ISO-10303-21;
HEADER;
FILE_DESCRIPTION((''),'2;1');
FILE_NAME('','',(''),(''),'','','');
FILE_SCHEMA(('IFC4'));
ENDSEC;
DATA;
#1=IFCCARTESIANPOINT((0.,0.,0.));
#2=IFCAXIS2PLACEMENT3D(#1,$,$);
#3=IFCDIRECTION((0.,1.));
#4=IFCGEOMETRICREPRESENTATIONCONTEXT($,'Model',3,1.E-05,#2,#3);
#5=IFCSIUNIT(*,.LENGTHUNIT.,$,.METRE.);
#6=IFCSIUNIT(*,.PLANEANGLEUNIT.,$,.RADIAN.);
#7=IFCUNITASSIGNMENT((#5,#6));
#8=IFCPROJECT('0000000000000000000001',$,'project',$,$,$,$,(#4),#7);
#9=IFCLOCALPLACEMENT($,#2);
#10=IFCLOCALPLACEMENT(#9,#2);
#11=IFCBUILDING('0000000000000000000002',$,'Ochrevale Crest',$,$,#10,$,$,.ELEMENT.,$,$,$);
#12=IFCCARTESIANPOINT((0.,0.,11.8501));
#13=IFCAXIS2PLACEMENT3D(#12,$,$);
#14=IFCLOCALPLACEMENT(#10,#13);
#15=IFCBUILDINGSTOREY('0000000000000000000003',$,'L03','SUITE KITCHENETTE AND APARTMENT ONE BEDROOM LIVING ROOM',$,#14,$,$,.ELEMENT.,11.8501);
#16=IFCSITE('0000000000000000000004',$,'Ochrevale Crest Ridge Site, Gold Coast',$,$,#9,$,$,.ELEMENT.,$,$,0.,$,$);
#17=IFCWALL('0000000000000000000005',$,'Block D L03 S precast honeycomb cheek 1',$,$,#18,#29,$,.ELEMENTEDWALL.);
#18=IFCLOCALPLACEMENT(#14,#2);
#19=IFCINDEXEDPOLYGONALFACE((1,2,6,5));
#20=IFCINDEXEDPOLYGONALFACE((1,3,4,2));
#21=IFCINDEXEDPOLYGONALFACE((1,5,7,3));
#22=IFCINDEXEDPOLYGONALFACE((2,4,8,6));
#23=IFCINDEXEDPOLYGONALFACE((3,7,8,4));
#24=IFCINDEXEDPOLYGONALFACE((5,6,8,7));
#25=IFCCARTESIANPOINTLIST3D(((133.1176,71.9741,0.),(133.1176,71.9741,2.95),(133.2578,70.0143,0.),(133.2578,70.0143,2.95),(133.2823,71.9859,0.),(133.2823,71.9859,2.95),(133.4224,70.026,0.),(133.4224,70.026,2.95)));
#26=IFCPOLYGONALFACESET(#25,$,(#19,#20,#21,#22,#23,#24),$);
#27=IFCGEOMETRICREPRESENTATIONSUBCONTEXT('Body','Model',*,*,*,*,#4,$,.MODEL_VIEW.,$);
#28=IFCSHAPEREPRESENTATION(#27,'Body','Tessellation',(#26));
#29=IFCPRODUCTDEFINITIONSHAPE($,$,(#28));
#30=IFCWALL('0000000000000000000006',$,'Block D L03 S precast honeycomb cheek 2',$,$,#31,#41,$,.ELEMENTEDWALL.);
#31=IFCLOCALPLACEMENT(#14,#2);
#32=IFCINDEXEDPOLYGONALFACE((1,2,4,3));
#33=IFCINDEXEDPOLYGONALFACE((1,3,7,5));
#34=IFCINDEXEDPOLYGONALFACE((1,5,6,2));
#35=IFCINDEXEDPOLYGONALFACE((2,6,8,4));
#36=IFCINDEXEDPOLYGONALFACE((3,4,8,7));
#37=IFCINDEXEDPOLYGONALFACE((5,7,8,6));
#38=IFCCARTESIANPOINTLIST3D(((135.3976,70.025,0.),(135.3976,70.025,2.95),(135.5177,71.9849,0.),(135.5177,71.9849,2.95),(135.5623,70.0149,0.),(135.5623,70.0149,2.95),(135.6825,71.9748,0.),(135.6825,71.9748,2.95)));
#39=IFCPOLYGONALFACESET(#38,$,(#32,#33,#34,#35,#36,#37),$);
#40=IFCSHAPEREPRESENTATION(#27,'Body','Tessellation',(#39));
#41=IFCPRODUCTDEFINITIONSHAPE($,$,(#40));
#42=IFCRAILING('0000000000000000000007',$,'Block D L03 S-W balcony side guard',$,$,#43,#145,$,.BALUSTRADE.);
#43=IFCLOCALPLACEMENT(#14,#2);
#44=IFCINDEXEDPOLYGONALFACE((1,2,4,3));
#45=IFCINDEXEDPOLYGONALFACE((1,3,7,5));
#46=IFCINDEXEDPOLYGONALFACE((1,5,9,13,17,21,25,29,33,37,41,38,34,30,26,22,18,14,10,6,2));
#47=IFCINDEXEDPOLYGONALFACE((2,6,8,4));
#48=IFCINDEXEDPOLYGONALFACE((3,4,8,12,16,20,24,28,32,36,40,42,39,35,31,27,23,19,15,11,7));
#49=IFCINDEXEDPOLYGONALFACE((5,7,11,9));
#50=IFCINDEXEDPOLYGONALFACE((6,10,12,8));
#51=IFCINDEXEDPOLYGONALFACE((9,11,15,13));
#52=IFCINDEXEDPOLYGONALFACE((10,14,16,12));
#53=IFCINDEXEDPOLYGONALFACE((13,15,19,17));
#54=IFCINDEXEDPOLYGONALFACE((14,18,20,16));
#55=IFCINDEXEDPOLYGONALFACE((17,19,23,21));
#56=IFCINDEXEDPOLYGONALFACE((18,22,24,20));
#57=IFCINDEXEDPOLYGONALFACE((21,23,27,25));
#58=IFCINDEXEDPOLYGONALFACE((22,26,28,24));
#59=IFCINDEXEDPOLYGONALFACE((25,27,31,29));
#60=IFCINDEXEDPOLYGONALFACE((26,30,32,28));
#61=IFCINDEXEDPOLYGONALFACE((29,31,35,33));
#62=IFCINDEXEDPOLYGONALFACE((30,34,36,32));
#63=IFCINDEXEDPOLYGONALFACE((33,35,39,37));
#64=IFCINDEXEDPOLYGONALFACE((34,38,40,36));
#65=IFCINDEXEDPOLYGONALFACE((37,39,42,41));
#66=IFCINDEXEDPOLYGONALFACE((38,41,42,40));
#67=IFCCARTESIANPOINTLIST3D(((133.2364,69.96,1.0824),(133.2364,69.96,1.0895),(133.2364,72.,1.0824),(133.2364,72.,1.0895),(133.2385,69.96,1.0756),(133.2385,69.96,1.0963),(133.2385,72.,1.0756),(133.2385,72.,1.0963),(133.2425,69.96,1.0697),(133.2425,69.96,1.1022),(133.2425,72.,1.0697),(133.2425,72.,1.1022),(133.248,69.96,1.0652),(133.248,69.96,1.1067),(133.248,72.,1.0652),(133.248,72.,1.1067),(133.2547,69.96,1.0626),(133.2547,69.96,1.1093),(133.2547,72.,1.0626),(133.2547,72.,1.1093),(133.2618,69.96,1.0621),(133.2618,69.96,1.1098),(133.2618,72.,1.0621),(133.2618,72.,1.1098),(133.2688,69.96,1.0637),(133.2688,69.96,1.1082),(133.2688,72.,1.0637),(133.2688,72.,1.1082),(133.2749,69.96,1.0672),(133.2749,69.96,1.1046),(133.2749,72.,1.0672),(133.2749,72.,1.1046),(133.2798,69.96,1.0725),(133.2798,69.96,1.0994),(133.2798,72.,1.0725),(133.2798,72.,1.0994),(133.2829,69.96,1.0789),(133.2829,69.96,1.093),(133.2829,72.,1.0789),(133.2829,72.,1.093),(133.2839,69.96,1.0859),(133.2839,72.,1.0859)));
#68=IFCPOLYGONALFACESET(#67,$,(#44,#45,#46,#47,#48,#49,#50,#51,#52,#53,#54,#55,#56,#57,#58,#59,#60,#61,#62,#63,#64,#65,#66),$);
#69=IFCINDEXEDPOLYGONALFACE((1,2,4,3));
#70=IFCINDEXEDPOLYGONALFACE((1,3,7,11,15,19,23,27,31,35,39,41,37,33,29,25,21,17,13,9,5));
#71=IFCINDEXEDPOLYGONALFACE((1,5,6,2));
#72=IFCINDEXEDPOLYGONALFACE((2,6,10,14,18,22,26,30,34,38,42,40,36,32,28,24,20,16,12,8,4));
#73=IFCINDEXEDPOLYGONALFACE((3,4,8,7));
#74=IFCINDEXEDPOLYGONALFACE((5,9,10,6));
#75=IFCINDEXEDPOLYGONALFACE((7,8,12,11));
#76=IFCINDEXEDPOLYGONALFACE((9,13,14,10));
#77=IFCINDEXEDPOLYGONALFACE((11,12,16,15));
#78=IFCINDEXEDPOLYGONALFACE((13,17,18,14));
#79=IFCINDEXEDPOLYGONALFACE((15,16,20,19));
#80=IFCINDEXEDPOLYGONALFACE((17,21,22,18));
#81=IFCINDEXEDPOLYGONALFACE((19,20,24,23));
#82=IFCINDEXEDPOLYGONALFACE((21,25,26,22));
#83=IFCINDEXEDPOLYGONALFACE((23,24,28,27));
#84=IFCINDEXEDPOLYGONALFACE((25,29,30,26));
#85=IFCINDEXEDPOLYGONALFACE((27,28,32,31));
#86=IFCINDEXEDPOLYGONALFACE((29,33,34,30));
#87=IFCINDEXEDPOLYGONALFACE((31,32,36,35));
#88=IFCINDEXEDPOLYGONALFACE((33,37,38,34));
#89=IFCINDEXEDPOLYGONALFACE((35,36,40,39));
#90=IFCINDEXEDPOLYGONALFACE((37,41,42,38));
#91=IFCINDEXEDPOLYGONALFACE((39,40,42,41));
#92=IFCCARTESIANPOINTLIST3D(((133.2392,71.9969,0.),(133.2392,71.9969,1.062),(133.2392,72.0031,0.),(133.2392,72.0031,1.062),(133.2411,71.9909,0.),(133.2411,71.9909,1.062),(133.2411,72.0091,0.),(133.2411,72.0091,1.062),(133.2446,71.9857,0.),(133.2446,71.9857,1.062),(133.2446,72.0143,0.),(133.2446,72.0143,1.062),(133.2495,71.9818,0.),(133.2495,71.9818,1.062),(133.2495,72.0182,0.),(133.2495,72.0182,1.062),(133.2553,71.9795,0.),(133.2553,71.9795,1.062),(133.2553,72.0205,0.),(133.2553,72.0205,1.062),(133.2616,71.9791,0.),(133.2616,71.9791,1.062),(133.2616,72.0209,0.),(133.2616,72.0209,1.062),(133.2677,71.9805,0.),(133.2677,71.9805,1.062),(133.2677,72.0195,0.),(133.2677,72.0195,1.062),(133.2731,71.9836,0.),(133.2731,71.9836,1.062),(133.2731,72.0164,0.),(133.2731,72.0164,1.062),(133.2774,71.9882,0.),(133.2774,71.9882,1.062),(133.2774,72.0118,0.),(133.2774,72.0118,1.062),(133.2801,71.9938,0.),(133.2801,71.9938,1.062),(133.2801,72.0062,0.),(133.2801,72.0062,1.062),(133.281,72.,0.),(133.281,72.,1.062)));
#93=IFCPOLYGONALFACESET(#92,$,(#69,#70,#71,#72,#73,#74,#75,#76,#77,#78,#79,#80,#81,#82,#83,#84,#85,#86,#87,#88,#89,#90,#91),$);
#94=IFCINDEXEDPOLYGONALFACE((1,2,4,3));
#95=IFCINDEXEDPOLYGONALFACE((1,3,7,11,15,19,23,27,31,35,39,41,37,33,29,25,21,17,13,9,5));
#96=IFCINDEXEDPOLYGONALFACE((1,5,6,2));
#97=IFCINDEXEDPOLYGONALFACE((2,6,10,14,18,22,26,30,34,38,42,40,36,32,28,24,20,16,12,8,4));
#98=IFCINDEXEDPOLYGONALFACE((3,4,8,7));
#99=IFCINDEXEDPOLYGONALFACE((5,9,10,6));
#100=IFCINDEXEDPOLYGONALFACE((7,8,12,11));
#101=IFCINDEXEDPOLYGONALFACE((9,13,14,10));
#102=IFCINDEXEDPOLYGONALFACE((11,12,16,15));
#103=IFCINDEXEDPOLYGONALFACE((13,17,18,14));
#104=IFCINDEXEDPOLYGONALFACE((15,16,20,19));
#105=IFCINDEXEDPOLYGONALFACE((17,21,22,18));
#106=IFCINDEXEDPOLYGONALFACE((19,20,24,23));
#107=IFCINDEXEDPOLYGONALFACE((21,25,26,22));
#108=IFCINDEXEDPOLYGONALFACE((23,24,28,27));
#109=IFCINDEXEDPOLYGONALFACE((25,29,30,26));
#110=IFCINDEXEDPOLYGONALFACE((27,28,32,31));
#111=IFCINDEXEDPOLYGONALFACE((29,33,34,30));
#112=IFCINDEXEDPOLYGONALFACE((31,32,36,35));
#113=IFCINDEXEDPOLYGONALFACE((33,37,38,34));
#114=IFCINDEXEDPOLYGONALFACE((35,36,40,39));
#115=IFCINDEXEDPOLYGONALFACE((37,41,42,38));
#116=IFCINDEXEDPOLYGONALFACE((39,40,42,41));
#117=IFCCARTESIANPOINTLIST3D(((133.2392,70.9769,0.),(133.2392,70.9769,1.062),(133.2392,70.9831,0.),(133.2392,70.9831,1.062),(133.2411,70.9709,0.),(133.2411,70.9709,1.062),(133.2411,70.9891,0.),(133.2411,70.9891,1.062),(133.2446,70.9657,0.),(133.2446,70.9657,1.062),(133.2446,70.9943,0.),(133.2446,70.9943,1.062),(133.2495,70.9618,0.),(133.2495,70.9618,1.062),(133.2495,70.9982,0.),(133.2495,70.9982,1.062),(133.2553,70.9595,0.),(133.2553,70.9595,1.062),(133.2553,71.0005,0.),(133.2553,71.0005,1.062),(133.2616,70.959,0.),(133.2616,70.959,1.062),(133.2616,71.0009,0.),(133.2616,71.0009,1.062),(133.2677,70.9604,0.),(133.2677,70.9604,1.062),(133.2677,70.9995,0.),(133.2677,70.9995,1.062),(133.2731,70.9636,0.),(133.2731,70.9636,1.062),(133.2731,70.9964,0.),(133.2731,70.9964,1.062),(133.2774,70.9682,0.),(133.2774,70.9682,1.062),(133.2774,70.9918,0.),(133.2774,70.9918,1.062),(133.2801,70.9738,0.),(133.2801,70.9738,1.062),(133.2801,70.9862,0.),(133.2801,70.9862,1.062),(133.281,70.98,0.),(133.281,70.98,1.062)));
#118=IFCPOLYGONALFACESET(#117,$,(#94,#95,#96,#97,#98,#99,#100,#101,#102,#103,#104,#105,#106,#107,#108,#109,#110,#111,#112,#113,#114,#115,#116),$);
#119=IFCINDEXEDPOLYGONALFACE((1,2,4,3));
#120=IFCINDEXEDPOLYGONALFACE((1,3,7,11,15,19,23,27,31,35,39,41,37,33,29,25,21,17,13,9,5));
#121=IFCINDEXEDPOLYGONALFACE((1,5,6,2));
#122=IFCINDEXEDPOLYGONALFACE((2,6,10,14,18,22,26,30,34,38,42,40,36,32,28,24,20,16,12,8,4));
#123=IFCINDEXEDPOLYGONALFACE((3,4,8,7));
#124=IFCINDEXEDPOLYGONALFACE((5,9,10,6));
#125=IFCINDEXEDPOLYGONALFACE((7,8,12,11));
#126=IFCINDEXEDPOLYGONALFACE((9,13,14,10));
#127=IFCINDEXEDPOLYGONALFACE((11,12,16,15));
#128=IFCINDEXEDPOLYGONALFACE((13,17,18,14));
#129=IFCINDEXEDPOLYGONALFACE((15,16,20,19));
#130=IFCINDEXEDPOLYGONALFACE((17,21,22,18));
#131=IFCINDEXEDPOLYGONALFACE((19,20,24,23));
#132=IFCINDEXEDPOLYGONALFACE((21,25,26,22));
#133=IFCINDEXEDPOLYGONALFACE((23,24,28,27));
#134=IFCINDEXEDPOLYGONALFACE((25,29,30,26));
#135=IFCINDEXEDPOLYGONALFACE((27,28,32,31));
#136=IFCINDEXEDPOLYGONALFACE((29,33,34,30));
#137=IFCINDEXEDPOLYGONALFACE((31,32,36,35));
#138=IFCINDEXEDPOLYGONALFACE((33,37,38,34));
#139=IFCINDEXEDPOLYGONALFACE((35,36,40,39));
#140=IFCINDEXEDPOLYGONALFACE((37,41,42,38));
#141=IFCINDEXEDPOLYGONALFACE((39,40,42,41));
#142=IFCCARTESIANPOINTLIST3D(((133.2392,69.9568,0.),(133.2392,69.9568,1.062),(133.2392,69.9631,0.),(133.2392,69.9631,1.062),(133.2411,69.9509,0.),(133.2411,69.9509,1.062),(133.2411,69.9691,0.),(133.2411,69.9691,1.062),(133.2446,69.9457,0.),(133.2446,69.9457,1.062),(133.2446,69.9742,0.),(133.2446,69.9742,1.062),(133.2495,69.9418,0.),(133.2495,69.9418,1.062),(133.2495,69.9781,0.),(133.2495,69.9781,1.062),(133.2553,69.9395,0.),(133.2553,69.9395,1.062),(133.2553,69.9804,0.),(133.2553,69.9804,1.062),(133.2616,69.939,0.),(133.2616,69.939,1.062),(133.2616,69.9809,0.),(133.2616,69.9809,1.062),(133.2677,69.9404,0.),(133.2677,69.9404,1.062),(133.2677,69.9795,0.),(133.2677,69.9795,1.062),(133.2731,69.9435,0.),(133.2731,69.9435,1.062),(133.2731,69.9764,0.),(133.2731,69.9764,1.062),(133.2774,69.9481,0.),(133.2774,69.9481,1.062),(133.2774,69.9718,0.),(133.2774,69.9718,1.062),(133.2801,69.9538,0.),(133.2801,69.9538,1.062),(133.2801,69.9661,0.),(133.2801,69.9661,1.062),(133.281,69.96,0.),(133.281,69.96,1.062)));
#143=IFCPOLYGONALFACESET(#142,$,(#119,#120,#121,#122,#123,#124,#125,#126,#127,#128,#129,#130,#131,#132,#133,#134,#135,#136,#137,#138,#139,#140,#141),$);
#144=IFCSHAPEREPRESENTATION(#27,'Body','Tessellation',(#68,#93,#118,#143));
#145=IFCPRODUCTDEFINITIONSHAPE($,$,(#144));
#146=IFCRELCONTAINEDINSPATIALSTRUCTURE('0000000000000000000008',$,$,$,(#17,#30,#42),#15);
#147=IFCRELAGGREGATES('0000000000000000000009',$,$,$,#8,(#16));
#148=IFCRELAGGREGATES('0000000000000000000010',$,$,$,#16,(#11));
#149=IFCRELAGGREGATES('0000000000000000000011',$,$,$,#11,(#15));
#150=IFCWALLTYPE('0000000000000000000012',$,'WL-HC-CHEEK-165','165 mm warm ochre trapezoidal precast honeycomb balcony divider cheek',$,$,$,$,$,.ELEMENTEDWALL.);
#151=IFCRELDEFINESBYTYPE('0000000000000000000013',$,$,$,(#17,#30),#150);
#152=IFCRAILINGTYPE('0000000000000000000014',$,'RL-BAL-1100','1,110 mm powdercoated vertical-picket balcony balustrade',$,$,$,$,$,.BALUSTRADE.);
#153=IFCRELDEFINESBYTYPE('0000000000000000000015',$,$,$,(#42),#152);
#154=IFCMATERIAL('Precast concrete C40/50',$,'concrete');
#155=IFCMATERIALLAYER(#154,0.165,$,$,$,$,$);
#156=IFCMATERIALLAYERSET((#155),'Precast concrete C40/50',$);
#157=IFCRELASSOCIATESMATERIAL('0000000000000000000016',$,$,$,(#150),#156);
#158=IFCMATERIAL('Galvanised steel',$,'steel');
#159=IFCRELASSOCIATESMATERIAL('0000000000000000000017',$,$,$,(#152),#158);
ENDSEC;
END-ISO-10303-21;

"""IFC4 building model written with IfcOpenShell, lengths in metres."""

from ifc_helpers import new_model, si_unit, direction, frame, frame_2d, origin, origin_2d, place, context, subcontext, project, spatial, rectangle, circle, extrude, material, layer, layer_set, type_object, element, save


model = new_model("IFC4")

# Units and contexts
model_context = context("Model", 3, precision=1e-05, world=origin(), true_north=direction((0.0, 1.0)))
body_context = subcontext(model_context, "Body", "Model", "MODEL_VIEW")
ifc_project = project(units=[si_unit("LENGTHUNIT", "METRE"), si_unit("PLANEANGLEUNIT", "RADIAN")], contexts=[model_context])

# Site, building, storey
site_placement = place(None, origin())
site = spatial("IfcSite", under=ifc_project, at=site_placement, Name="Ochrevale Crest Ridge Site, Gold Coast", CompositionType="ELEMENT", RefElevation=0.0)
building_placement = place(site_placement, origin())
building = spatial("IfcBuilding", under=site, at=building_placement, Name="Ochrevale Crest", CompositionType="ELEMENT")
storey_placement = place(building_placement, frame((0.0, 0.0, 11.8501)))
storey = spatial("IfcBuildingStorey", under=building, at=storey_placement, Name="L03", Description="SUITE KITCHENETTE AND APARTMENT ONE BEDROOM LIVING ROOM", CompositionType="ELEMENT", Elevation=11.8501)

# Shared definitions
ifc_material_1 = material(Name="Precast concrete C40/50", Category="concrete")

# Walls
ifc_layer_1 = layer(ifc_material_1, 0.165)
ifc_layer_set_1 = layer_set([ifc_layer_1], Name="Precast concrete C40/50")
wall_type_1 = type_object("IfcWallType", Name="WL-HC-CHEEK-165", Description="165 mm warm ochre trapezoidal precast honeycomb balcony divider cheek", PredefinedType="ELEMENTEDWALL", material=ifc_layer_set_1)
wall_1_placement = place(storey_placement, frame((133.2, 71.98, 0.0), z_axis=(0.0, 0.0, 1.0), x_axis=(0.071318, -0.997454, 0.0)))
element("IfcWall", 1, at=wall_1_placement, inside=storey, type_object=wall_type_1, Name="Block D L03 S precast honeycomb cheek 1", PredefinedType="ELEMENTEDWALL", context=body_context, shape_type="SweptSolid", body=[
    extrude(rectangle(XDim=1.9648, YDim=0.165, at=frame_2d((0.9824, 0.0))), origin(), (0.0, 0.0, 1.0), 2.95),
])
wall_2_placement = place(storey_placement, frame((135.6001, 71.98, 0.0), z_axis=(0.0, 0.0, 1.0), x_axis=(-0.061171, -0.998127, 0.0)))
element("IfcWall", 2, at=wall_2_placement, inside=storey, type_object=wall_type_1, Name="Block D L03 S precast honeycomb cheek 2", PredefinedType="ELEMENTEDWALL", context=body_context, shape_type="SweptSolid", body=[
    extrude(rectangle(XDim=1.9636, YDim=0.165, at=frame_2d((0.9819, 0.0))), origin(), (0.0, 0.0, 1.0), 2.95),
])

# Railing
ifc_material_2 = material(Name="Galvanised steel", Category="steel")
railing_type_1 = type_object("IfcRailingType", Name="RL-BAL-1100", Description="1,110 mm powdercoated vertical-picket balcony balustrade", PredefinedType="BALUSTRADE", material=ifc_material_2)
railing_1_placement = place(storey_placement, frame((133.26, 72.0, 0.0)))
element("IfcRailing", 3, at=railing_1_placement, inside=storey, type_object=railing_type_1, Name="Block D L03 S-W balcony side guard", PredefinedType="BALUSTRADE", context=body_context, shape_type="SweptSolid", body=[
    extrude(circle(Radius=0.0239, at=origin_2d()), frame((0.0, 0.0, 1.0859), z_axis=(0.0, -1.0, 0.0), x_axis=(1.0, 0.0, 0.0)), (0.0, 0.0, 1.0), 2.04),
    extrude(circle(Radius=0.021, at=origin_2d()), origin(), (0.0, 0.0, 1.0), 1.062),
    extrude(circle(Radius=0.021, at=origin_2d()), frame((0.0, -1.02, 0.0)), (0.0, 0.0, 1.0), 1.062),
    extrude(circle(Radius=0.021, at=origin_2d()), frame((0.0, -2.04, 0.0)), (0.0, 0.0, 1.0), 1.062),
])

save(model, "model.ifc")
